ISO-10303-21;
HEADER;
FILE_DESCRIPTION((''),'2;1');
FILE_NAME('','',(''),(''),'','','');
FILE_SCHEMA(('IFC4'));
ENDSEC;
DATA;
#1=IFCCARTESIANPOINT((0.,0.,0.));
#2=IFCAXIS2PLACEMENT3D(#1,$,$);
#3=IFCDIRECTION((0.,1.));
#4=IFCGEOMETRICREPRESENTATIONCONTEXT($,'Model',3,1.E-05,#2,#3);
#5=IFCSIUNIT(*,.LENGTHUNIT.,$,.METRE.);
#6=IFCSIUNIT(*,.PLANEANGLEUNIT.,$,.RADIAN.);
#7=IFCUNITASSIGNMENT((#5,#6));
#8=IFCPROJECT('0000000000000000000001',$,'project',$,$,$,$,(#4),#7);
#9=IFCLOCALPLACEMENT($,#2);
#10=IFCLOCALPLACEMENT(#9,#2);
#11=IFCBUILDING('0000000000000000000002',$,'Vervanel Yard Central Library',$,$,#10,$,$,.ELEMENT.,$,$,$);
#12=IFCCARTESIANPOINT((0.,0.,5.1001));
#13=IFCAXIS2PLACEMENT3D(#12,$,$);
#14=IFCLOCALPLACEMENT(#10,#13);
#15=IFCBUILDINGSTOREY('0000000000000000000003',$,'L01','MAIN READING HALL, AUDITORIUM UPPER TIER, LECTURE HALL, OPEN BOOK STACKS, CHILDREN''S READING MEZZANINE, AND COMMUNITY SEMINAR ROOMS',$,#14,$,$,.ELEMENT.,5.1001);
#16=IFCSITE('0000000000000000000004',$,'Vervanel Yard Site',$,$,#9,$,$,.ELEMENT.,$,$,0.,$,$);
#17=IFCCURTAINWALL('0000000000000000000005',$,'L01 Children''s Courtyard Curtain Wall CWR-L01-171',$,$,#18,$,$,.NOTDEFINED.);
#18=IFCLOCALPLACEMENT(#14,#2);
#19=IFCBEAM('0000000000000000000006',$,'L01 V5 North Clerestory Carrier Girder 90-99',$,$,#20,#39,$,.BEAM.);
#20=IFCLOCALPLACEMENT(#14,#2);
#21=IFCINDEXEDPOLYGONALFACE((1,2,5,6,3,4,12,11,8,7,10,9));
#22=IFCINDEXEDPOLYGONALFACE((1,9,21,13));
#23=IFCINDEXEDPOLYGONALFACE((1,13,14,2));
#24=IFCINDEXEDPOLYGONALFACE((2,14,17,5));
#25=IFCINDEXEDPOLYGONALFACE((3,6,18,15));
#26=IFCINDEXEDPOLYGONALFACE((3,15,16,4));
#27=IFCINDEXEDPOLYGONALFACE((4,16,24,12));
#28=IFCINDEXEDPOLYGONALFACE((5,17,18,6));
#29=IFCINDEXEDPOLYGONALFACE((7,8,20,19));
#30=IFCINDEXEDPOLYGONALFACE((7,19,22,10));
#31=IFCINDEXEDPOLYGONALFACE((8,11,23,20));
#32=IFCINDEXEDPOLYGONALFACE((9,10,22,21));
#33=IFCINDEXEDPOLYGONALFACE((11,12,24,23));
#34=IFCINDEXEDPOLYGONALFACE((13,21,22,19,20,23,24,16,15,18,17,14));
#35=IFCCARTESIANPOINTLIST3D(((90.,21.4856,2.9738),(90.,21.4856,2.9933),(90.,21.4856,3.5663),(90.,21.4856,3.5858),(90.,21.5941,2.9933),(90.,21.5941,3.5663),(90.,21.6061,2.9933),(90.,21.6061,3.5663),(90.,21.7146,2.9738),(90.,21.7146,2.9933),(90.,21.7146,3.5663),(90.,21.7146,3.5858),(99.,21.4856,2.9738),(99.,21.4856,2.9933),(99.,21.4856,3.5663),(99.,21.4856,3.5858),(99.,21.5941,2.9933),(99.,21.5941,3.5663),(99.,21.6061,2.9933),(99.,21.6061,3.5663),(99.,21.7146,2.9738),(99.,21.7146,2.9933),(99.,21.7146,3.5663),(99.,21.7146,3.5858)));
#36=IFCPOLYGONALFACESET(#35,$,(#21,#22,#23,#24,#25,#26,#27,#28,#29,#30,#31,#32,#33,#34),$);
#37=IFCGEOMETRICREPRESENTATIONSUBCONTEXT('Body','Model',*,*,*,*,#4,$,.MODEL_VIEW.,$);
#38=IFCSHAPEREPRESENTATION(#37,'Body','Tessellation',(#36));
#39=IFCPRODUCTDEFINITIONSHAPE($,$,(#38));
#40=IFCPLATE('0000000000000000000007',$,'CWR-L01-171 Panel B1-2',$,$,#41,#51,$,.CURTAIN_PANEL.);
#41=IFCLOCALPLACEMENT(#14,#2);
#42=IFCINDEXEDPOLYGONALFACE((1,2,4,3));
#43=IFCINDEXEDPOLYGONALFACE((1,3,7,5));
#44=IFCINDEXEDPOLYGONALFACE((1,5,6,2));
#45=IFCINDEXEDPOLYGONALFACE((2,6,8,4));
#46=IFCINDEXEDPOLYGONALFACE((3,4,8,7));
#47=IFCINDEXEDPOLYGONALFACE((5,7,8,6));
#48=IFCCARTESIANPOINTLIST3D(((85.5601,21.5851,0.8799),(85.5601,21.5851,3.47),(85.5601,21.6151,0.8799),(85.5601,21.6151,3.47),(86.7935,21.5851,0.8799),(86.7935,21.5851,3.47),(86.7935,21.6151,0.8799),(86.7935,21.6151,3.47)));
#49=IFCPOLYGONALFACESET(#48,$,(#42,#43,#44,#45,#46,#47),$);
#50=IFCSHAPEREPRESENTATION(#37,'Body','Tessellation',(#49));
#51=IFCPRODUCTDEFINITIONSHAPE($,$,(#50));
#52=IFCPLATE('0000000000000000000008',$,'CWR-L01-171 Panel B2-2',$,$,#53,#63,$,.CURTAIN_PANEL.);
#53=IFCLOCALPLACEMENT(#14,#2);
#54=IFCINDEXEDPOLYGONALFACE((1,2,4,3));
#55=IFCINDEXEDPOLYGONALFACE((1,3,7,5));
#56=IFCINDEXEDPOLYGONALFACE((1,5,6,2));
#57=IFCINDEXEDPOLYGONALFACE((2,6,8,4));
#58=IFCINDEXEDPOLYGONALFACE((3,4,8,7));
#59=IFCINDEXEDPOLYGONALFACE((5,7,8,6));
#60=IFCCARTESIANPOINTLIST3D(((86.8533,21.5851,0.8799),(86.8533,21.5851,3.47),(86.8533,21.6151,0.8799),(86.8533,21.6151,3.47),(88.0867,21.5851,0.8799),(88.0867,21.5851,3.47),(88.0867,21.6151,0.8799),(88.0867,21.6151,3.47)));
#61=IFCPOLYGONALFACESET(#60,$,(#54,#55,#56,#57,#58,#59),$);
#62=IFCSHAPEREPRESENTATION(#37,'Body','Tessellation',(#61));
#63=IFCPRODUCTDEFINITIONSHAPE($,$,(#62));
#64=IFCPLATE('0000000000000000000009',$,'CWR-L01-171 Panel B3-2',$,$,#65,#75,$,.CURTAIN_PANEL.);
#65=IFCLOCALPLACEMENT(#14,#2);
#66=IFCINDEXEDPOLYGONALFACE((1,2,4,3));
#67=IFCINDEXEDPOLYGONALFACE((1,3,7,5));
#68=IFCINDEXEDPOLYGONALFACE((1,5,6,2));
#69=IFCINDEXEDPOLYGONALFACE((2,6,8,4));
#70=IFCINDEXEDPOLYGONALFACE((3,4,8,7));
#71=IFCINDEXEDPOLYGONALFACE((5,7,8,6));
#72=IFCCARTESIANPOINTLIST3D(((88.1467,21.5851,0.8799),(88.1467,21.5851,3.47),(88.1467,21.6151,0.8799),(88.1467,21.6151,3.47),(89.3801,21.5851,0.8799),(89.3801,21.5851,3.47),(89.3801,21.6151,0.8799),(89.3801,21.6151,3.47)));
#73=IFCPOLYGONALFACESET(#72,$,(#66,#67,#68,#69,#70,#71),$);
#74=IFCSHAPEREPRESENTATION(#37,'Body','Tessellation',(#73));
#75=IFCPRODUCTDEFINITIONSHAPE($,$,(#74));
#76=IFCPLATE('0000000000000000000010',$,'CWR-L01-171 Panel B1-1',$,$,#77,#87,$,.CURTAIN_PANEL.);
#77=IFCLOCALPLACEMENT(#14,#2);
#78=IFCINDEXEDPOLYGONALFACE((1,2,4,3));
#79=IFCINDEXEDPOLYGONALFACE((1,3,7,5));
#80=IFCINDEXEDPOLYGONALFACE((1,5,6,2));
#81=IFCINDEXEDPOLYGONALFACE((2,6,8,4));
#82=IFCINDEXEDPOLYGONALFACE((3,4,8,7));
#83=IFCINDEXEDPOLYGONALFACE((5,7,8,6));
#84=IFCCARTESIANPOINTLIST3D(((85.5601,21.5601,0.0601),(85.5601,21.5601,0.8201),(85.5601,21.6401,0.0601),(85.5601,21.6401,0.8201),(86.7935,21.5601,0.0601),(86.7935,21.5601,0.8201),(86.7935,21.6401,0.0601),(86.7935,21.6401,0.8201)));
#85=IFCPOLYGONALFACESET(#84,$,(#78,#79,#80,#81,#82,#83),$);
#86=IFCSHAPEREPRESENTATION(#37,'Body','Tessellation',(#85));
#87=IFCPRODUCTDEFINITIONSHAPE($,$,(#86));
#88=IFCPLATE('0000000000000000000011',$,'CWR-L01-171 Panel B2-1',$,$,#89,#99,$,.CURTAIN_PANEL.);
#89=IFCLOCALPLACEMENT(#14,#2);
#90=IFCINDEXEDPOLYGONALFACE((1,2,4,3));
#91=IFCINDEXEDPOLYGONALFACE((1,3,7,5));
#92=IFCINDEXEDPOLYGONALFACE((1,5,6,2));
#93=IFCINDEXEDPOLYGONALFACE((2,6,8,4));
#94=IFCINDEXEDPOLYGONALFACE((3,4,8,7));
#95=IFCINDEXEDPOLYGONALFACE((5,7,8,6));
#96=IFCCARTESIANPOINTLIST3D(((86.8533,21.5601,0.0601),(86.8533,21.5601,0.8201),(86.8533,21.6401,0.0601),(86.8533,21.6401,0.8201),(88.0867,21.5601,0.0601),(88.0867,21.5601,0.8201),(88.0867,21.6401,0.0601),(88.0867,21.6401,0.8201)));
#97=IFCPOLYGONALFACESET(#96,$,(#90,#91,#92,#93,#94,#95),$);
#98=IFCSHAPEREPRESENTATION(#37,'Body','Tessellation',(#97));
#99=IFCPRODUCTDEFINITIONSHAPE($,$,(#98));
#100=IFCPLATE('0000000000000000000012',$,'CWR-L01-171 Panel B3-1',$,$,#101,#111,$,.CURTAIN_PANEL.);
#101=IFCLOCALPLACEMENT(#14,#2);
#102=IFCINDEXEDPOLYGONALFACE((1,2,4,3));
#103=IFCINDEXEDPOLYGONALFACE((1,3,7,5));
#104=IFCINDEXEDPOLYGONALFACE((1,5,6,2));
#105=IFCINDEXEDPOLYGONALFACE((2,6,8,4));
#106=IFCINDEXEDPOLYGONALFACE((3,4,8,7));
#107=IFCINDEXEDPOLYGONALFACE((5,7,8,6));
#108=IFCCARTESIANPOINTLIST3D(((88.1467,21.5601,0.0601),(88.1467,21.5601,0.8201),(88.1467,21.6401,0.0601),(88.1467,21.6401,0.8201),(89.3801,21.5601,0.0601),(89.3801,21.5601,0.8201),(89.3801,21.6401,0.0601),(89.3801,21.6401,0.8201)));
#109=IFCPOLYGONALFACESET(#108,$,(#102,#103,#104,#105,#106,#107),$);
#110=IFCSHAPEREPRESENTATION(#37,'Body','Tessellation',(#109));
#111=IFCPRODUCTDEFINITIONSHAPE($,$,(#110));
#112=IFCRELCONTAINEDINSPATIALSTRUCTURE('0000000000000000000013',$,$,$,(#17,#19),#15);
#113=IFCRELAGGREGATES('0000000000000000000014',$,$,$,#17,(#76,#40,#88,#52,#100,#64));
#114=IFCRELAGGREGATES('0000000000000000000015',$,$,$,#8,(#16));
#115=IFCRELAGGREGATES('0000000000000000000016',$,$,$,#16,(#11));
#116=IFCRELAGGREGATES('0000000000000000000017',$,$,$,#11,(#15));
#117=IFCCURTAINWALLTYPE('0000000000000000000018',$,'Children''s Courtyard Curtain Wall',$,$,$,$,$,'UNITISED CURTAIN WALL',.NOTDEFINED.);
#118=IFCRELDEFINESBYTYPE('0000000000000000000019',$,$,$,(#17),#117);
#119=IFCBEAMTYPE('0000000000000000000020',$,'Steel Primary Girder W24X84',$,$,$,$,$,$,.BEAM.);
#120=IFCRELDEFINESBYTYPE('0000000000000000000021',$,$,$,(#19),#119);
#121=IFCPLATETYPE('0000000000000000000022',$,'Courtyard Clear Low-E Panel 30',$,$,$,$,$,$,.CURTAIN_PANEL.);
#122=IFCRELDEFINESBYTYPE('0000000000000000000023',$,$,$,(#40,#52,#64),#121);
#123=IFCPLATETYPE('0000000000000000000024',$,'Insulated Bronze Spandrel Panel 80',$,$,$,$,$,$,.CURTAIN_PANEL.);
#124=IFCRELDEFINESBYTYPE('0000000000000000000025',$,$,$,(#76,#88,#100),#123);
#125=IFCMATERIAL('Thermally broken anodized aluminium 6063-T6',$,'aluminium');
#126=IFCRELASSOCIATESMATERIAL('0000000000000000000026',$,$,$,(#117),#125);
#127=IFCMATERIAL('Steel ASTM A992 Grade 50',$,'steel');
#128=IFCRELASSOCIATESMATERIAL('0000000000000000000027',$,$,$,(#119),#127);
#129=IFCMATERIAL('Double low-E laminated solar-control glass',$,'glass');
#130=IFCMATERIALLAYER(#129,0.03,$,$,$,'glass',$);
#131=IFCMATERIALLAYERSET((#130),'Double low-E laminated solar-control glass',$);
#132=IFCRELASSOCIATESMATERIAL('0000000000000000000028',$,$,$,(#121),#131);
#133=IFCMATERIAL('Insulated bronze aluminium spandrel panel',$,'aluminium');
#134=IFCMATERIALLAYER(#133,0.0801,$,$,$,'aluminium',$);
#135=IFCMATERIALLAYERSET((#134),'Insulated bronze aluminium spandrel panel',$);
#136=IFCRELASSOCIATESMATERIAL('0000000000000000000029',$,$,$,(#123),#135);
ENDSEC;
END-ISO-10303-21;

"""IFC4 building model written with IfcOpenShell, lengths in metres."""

from ifc_helpers import new_model, si_unit, direction, frame, origin, origin_2d, place, context, subcontext, project, spatial, rectangle, i_section, extrude, material, layer, layer_set, material_profile, profile_set, type_object, element, aggregate, save


model = new_model("IFC4")

# Units and contexts
model_context = context("Model", 3, precision=1e-05, world=origin(), true_north=direction((0.0, 1.0)))
body_context = subcontext(model_context, "Body", "Model", "MODEL_VIEW")
ifc_project = project(units=[si_unit("LENGTHUNIT", "METRE"), si_unit("PLANEANGLEUNIT", "RADIAN")], contexts=[model_context])

# Site, building, storey
site_placement = place(None, origin())
site = spatial("IfcSite", under=ifc_project, at=site_placement, Name="Vervanel Yard Site", CompositionType="ELEMENT", RefElevation=0.0)
building_placement = place(site_placement, origin())
building = spatial("IfcBuilding", under=site, at=building_placement, Name="Vervanel Yard Central Library", CompositionType="ELEMENT")
storey_placement = place(building_placement, frame((0.0, 0.0, 5.1001)))
storey = spatial("IfcBuildingStorey", under=building, at=storey_placement, Name="L01", Description="MAIN READING HALL, AUDITORIUM UPPER TIER, LECTURE HALL, OPEN BOOK STACKS, CHILDREN'S READING MEZZANINE, AND COMMUNITY SEMINAR ROOMS", CompositionType="ELEMENT", Elevation=5.1001)

# Shared definitions
ifc_material_1 = material(Name="Steel ASTM A992 Grade 50", Category="steel")

# Curtain wall
ifc_material_2 = material(Name="Thermally broken anodized aluminium 6063-T6", Category="aluminium")
curtain_wall_type = type_object("IfcCurtainWallType", Name="Children's Courtyard Curtain Wall", ElementType="UNITISED CURTAIN WALL", PredefinedType="NOTDEFINED", material=ifc_material_2)
curtain_wall_placement = place(storey_placement, origin())
curtain_wall = element("IfcCurtainWall", 1, at=curtain_wall_placement, inside=storey, type_object=curtain_wall_type, Name="L01 Children's Courtyard Curtain Wall CWR-L01-171", PredefinedType="NOTDEFINED")

# Beam
ifc_material_profile_1 = material_profile(ifc_material_1, i_section(OverallWidth=0.229, OverallDepth=0.6121, WebThickness=0.012, FlangeThickness=0.0195, at=origin_2d()), Name="W24X84", Category="steel")
ifc_profile_set_1 = profile_set([ifc_material_profile_1], Name="Steel ASTM A992 Grade 50")
beam_type = type_object("IfcBeamType", Name="Steel Primary Girder W24X84", PredefinedType="BEAM", material=ifc_profile_set_1)
beam_placement = place(storey_placement, frame((90.0, 21.6001, 3.2798), z_axis=(1.0, 0.0, 0.0), x_axis=(0.0, 1.0, 0.0)))
element("IfcBeam", 2, at=beam_placement, inside=storey, type_object=beam_type, Name="L01 V5 North Clerestory Carrier Girder 90-99", PredefinedType="BEAM", context=body_context, shape_type="SweptSolid", body=[
    extrude(i_section(OverallWidth=0.229, OverallDepth=0.6121, WebThickness=0.012, FlangeThickness=0.0195, at=origin_2d()), origin(), (0.0, 0.0, 1.0), 9.0),
])

# Plates
ifc_material_3 = material(Name="Double low-E laminated solar-control glass", Category="glass")
ifc_layer_1 = layer(ifc_material_3, 0.03, Category="glass")
ifc_layer_set_1 = layer_set([ifc_layer_1], Name="Double low-E laminated solar-control glass")
plate_type_1 = type_object("IfcPlateType", Name="Courtyard Clear Low-E Panel 30", PredefinedType="CURTAIN_PANEL", material=ifc_layer_set_1)
plate_1_placement = place(storey_placement, frame((86.1768, 21.6001, 0.8799), z_axis=(0.0, 0.0, 1.0), x_axis=(1.0, 0.0, 0.0)))
plate_1 = element("IfcPlate", 3, at=plate_1_placement, type_object=plate_type_1, Name="CWR-L01-171 Panel B1-2", PredefinedType="CURTAIN_PANEL", context=body_context, shape_type="SweptSolid", body=[
    extrude(rectangle(XDim=1.2334, YDim=0.03, at=origin_2d()), origin(), (0.0, 0.0, 1.0), 2.5901),
])
plate_2_placement = place(storey_placement, frame((87.47, 21.6001, 0.8799), z_axis=(0.0, 0.0, 1.0), x_axis=(1.0, 0.0, 0.0)))
plate_2 = element("IfcPlate", 4, at=plate_2_placement, type_object=plate_type_1, Name="CWR-L01-171 Panel B2-2", PredefinedType="CURTAIN_PANEL", context=body_context, shape_type="SweptSolid", body=[
    extrude(rectangle(XDim=1.2334, YDim=0.03, at=origin_2d()), origin(), (0.0, 0.0, 1.0), 2.5901),
])
plate_3_placement = place(storey_placement, frame((88.7634, 21.6001, 0.8799), z_axis=(0.0, 0.0, 1.0), x_axis=(1.0, 0.0, 0.0)))
plate_3 = element("IfcPlate", 5, at=plate_3_placement, type_object=plate_type_1, Name="CWR-L01-171 Panel B3-2", PredefinedType="CURTAIN_PANEL", context=body_context, shape_type="SweptSolid", body=[
    extrude(rectangle(XDim=1.2334, YDim=0.03, at=origin_2d()), origin(), (0.0, 0.0, 1.0), 2.5901),
])
ifc_material_4 = material(Name="Insulated bronze aluminium spandrel panel", Category="aluminium")
ifc_layer_2 = layer(ifc_material_4, 0.0801, Category="aluminium")
ifc_layer_set_2 = layer_set([ifc_layer_2], Name="Insulated bronze aluminium spandrel panel")
plate_type_2 = type_object("IfcPlateType", Name="Insulated Bronze Spandrel Panel 80", PredefinedType="CURTAIN_PANEL", material=ifc_layer_set_2)
plate_4_placement = place(storey_placement, frame((86.1768, 21.6001, 0.0601), z_axis=(0.0, 0.0, 1.0), x_axis=(1.0, 0.0, 0.0)))
plate_4 = element("IfcPlate", 6, at=plate_4_placement, type_object=plate_type_2, Name="CWR-L01-171 Panel B1-1", PredefinedType="CURTAIN_PANEL", context=body_context, shape_type="SweptSolid", body=[
    extrude(rectangle(XDim=1.2334, YDim=0.0801, at=origin_2d()), origin(), (0.0, 0.0, 1.0), 0.76),
])
plate_5_placement = place(storey_placement, frame((87.47, 21.6001, 0.0601), z_axis=(0.0, 0.0, 1.0), x_axis=(1.0, 0.0, 0.0)))
plate_5 = element("IfcPlate", 7, at=plate_5_placement, type_object=plate_type_2, Name="CWR-L01-171 Panel B2-1", PredefinedType="CURTAIN_PANEL", context=body_context, shape_type="SweptSolid", body=[
    extrude(rectangle(XDim=1.2334, YDim=0.0801, at=origin_2d()), origin(), (0.0, 0.0, 1.0), 0.76),
])
plate_6_placement = place(storey_placement, frame((88.7634, 21.6001, 0.0601), z_axis=(0.0, 0.0, 1.0), x_axis=(1.0, 0.0, 0.0)))
plate_6 = element("IfcPlate", 8, at=plate_6_placement, type_object=plate_type_2, Name="CWR-L01-171 Panel B3-1", PredefinedType="CURTAIN_PANEL", context=body_context, shape_type="SweptSolid", body=[
    extrude(rectangle(XDim=1.2334, YDim=0.0801, at=origin_2d()), origin(), (0.0, 0.0, 1.0), 0.76),
])
aggregate(curtain_wall, [plate_4, plate_1, plate_5, plate_2, plate_6, plate_3])

save(model, "model.ifc")
